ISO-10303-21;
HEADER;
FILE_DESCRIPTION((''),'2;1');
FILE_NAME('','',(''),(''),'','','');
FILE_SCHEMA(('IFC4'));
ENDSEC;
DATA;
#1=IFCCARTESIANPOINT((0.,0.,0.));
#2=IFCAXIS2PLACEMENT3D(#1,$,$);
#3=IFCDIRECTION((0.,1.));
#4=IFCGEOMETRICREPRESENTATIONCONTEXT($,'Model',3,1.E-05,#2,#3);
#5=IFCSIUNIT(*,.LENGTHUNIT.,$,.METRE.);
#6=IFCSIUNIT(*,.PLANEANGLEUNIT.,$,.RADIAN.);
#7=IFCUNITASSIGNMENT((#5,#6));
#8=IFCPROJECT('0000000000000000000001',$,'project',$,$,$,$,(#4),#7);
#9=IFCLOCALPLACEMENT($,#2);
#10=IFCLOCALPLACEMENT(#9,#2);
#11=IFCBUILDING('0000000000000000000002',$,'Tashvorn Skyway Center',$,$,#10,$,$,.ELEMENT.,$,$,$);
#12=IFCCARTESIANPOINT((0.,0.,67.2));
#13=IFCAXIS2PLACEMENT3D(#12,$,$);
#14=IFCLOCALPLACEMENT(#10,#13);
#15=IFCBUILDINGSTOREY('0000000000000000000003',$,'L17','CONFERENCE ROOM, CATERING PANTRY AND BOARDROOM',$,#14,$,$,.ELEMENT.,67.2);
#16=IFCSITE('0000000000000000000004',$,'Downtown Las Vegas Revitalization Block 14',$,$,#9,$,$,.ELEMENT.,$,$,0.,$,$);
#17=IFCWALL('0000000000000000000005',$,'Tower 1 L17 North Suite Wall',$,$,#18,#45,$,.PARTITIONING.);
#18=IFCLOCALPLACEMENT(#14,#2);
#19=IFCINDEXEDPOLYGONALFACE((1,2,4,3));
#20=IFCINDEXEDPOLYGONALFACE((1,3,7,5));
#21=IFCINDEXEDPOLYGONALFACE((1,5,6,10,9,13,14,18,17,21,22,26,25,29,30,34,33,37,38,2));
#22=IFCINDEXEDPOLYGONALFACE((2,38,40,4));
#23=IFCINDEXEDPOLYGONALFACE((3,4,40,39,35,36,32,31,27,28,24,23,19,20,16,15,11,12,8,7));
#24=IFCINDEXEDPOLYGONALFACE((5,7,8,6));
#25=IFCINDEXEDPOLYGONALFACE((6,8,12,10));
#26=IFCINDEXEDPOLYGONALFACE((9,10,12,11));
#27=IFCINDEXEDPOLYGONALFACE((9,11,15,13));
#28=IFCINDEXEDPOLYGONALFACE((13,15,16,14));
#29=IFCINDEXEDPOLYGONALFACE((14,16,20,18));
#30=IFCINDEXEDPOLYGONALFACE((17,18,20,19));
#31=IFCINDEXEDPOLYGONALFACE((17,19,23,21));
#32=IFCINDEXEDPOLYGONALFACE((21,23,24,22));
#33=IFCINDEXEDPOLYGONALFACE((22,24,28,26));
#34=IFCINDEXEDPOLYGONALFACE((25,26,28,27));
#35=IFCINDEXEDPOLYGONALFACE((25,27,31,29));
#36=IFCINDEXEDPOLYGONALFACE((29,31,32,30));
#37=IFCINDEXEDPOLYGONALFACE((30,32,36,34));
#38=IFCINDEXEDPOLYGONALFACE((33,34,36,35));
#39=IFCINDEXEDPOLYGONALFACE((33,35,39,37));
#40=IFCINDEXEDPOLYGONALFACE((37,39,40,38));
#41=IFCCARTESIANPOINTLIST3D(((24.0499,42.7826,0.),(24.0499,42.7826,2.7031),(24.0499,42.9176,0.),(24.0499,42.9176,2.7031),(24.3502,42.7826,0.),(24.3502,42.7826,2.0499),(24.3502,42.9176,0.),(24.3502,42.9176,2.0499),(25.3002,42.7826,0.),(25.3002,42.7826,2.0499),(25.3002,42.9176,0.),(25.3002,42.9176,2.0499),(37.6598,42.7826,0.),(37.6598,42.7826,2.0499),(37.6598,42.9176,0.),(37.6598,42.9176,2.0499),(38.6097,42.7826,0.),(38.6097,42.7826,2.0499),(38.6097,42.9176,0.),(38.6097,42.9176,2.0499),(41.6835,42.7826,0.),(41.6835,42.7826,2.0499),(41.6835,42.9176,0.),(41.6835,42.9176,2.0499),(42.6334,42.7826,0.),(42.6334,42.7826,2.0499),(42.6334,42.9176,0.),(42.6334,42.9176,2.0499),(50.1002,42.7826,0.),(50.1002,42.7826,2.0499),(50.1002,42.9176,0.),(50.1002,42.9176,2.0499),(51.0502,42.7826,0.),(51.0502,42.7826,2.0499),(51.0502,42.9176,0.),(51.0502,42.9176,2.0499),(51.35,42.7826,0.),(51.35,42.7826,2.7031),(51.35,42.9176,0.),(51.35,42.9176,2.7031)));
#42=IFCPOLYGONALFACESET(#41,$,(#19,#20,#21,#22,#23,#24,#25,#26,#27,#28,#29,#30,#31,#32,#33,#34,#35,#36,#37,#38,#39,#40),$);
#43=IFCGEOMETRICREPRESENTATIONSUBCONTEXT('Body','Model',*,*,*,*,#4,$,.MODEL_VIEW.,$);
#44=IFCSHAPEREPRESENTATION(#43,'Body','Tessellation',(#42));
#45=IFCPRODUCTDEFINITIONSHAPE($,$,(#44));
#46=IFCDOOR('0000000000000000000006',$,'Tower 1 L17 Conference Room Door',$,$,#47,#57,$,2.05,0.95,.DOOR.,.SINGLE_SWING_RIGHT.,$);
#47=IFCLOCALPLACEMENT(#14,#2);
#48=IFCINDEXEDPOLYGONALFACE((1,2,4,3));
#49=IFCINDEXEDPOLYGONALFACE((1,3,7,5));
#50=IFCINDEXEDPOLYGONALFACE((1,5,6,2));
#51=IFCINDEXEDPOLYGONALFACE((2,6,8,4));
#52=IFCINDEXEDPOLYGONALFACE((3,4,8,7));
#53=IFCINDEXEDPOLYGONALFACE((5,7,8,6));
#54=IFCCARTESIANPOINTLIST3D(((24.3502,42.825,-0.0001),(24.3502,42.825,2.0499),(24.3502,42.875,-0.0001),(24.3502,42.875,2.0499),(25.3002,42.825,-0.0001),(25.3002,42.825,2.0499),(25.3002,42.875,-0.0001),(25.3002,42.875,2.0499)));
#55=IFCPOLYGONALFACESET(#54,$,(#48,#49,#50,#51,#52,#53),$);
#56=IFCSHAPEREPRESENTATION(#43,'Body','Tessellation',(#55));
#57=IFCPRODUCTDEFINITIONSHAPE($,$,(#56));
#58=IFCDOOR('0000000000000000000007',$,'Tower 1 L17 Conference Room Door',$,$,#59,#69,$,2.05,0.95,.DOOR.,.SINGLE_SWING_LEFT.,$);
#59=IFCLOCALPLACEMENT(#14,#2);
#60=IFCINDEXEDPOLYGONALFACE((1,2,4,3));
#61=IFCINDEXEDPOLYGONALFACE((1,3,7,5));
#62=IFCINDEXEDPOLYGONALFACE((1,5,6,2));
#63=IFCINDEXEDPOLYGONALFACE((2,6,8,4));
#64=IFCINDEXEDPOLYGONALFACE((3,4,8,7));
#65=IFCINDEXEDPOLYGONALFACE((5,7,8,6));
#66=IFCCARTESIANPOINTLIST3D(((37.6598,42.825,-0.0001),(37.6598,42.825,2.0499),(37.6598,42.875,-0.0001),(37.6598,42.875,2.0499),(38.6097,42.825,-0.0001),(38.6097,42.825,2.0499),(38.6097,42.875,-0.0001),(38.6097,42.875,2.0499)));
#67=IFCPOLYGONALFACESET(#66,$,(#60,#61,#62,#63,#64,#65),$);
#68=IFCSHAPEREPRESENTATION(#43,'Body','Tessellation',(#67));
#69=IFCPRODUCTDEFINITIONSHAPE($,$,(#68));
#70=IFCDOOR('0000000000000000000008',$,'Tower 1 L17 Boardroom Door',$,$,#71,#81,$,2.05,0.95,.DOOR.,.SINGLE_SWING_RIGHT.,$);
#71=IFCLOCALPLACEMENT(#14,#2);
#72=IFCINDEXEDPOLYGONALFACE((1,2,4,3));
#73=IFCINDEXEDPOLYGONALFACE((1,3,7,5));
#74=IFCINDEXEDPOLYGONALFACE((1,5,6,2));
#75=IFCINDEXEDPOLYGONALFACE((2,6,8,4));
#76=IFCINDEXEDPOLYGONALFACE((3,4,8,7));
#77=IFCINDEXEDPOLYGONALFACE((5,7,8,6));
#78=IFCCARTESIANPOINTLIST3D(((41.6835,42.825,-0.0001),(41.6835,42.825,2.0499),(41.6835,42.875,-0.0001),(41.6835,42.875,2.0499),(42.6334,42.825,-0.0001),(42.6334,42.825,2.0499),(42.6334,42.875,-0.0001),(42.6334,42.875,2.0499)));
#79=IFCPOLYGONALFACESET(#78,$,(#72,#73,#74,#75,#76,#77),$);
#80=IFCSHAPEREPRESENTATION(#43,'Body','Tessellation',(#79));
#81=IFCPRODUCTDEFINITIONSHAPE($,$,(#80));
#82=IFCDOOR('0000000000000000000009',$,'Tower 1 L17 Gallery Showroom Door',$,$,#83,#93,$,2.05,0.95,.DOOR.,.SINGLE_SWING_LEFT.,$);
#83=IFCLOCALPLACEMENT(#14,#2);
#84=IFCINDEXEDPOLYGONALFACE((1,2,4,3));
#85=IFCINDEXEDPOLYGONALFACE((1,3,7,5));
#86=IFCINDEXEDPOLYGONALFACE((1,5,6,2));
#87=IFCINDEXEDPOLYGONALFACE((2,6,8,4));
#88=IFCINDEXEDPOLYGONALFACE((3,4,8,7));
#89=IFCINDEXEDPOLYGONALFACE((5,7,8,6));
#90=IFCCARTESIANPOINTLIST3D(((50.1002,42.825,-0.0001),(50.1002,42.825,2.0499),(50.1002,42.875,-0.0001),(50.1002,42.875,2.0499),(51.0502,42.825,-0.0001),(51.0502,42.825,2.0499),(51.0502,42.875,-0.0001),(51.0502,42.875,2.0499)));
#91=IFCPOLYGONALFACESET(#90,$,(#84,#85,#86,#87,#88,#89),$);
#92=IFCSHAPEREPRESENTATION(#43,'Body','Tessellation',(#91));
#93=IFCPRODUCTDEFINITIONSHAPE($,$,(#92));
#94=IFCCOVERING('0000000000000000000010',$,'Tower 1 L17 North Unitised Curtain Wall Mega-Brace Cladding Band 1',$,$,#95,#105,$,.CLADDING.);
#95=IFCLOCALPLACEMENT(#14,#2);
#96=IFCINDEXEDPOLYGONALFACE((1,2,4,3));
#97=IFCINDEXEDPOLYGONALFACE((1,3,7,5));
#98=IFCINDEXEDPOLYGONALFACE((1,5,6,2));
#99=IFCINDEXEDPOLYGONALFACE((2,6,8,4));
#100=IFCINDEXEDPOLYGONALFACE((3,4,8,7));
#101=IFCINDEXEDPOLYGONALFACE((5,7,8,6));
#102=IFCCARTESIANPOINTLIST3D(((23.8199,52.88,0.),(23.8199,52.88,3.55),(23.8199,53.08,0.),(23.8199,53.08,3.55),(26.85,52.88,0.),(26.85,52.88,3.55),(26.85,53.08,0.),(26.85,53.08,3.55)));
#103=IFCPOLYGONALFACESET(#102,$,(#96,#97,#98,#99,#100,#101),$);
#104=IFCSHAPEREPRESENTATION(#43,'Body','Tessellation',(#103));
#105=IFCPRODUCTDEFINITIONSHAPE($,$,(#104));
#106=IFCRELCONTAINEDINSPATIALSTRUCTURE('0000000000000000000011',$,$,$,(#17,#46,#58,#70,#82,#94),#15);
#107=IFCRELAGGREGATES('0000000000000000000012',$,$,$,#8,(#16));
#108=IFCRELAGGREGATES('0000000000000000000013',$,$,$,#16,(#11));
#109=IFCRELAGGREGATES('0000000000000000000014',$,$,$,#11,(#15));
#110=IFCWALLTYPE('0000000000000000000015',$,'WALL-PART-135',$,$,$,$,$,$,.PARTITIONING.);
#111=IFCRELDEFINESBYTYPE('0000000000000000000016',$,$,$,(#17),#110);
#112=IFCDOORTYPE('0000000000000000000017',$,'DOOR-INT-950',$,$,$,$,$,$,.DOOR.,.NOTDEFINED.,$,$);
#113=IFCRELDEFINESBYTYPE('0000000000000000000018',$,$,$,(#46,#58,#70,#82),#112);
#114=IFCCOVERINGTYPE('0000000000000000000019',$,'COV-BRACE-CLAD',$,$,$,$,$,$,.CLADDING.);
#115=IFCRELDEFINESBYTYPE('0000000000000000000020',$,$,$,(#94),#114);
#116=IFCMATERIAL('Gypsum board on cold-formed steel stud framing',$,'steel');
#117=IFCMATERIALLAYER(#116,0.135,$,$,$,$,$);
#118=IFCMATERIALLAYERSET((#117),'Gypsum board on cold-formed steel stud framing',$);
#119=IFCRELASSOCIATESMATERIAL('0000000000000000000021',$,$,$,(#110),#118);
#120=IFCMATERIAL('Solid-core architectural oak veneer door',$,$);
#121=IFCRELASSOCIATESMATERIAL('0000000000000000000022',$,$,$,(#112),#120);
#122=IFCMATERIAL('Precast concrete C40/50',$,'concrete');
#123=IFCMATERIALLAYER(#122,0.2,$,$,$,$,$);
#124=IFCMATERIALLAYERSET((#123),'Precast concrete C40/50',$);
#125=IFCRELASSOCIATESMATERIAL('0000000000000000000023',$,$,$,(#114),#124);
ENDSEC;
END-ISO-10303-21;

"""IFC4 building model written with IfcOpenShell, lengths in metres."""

from ifc_helpers import new_model, si_unit, direction, frame, frame_2d, origin, origin_2d, place, context, subcontext, project, spatial, rectangle, extrude, material, layer, layer_set, type_object, element, fill, save


model = new_model("IFC4")

# Units and contexts
model_context = context("Model", 3, precision=1e-05, world=origin(), true_north=direction((0.0, 1.0)))
body_context = subcontext(model_context, "Body", "Model", "MODEL_VIEW")
ifc_project = project(units=[si_unit("LENGTHUNIT", "METRE"), si_unit("PLANEANGLEUNIT", "RADIAN")], contexts=[model_context])

# Site, building, storey
site_placement = place(None, origin())
site = spatial("IfcSite", under=ifc_project, at=site_placement, Name="Downtown Las Vegas Revitalization Block 14", CompositionType="ELEMENT", RefElevation=0.0)
building_placement = place(site_placement, origin())
building = spatial("IfcBuilding", under=site, at=building_placement, Name="Tashvorn Skyway Center", CompositionType="ELEMENT")
storey_placement = place(building_placement, frame((0.0, 0.0, 67.2)))
storey = spatial("IfcBuildingStorey", under=building, at=storey_placement, Name="L17", Description="CONFERENCE ROOM, CATERING PANTRY AND BOARDROOM", CompositionType="ELEMENT", Elevation=67.2)

# Shared definitions
ifc_material_1 = material(Name="Gypsum board on cold-formed steel stud framing", Category="steel")

# Wall, openings, doors
ifc_layer_1 = layer(ifc_material_1, 0.135)
ifc_layer_set_1 = layer_set([ifc_layer_1], Name="Gypsum board on cold-formed steel stud framing")
wall_type_1 = type_object("IfcWallType", Name="WALL-PART-135", PredefinedType="PARTITIONING", material=ifc_layer_set_1)
wall_1_placement = place(storey_placement, frame((24.05, 42.8501, 0.0), z_axis=(0.0, 0.0, 1.0), x_axis=(1.0, 0.0, 0.0)))
wall_1 = element("IfcWall", 1, at=wall_1_placement, inside=storey, type_object=wall_type_1, Name="Tower 1 L17 North Suite Wall", PredefinedType="PARTITIONING", context=body_context, shape_type="SweptSolid", body=[
    extrude(rectangle(XDim=27.3, YDim=0.135, at=frame_2d((13.6499, 0.0))), origin(), (0.0, 0.0, 1.0), 2.7031),
])
opening_1_placement = place(wall_1_placement, frame((0.3, 0.0, 0.0)))
opening_1 = element("IfcOpeningElement", 2, at=opening_1_placement, cuts=wall_1, PredefinedType="OPENING", context=body_context, shape_type="SweptSolid", body=[
    extrude(rectangle(XDim=0.95, YDim=2.05, at=frame_2d((0.4751, 1.0249))), frame((0.0, 0.0774, 0.0), z_axis=(0.0, -1.0, 0.0), x_axis=(1.0, 0.0, 0.0)), (0.0, 0.0, 1.0), 0.155),
])
opening_2_placement = place(wall_1_placement, frame((13.6096, 0.0, 0.0)))
opening_2 = element("IfcOpeningElement", 3, at=opening_2_placement, cuts=wall_1, PredefinedType="OPENING", context=body_context, shape_type="SweptSolid", body=[
    extrude(rectangle(XDim=0.95, YDim=2.05, at=frame_2d((0.4751, 1.0249))), frame((0.0, 0.0774, 0.0), z_axis=(0.0, -1.0, 0.0), x_axis=(1.0, 0.0, 0.0)), (0.0, 0.0, 1.0), 0.155),
])
opening_3_placement = place(wall_1_placement, frame((17.6333, 0.0, 0.0)))
opening_3 = element("IfcOpeningElement", 4, at=opening_3_placement, cuts=wall_1, PredefinedType="OPENING", context=body_context, shape_type="SweptSolid", body=[
    extrude(rectangle(XDim=0.95, YDim=2.05, at=frame_2d((0.4751, 1.0249))), frame((0.0, 0.0774, 0.0), z_axis=(0.0, -1.0, 0.0), x_axis=(1.0, 0.0, 0.0)), (0.0, 0.0, 1.0), 0.155),
])
opening_4_placement = place(wall_1_placement, frame((26.05, 0.0, 0.0)))
opening_4 = element("IfcOpeningElement", 5, at=opening_4_placement, cuts=wall_1, PredefinedType="OPENING", context=body_context, shape_type="SweptSolid", body=[
    extrude(rectangle(XDim=0.95, YDim=2.05, at=frame_2d((0.4751, 1.0249))), frame((0.0, 0.0774, 0.0), z_axis=(0.0, -1.0, 0.0), x_axis=(1.0, 0.0, 0.0)), (0.0, 0.0, 1.0), 0.155),
])
ifc_material_2 = material(Name="Solid-core architectural oak veneer door")
door_type = type_object("IfcDoorType", Name="DOOR-INT-950", OperationType="NOTDEFINED", PredefinedType="DOOR", material=ifc_material_2)
door_1_placement = place(opening_1_placement, origin())
door_1 = element("IfcDoor", 6, at=door_1_placement, inside=storey, type_object=door_type, Name="Tower 1 L17 Conference Room Door", OperationType="SINGLE_SWING_RIGHT", OverallHeight=2.05, OverallWidth=0.95, PredefinedType="DOOR", context=body_context, shape_type="SweptSolid", body=[
    extrude(rectangle(XDim=0.95, YDim=2.05, at=frame_2d((0.4751, 1.0249))), frame((0.0, 0.0249, 0.0), z_axis=(0.0, -1.0, 0.0), x_axis=(1.0, 0.0, 0.0)), (0.0, 0.0, 1.0), 0.05),
])
fill(opening_1, door_1)
door_2_placement = place(opening_2_placement, origin())
door_2 = element("IfcDoor", 7, at=door_2_placement, inside=storey, type_object=door_type, Name="Tower 1 L17 Conference Room Door", OperationType="SINGLE_SWING_LEFT", OverallHeight=2.05, OverallWidth=0.95, PredefinedType="DOOR", context=body_context, shape_type="SweptSolid", body=[
    extrude(rectangle(XDim=0.95, YDim=2.05, at=frame_2d((0.4751, 1.0249))), frame((0.0, 0.0249, 0.0), z_axis=(0.0, -1.0, 0.0), x_axis=(1.0, 0.0, 0.0)), (0.0, 0.0, 1.0), 0.05),
])
fill(opening_2, door_2)
door_3_placement = place(opening_3_placement, origin())
door_3 = element("IfcDoor", 8, at=door_3_placement, inside=storey, type_object=door_type, Name="Tower 1 L17 Boardroom Door", OperationType="SINGLE_SWING_RIGHT", OverallHeight=2.05, OverallWidth=0.95, PredefinedType="DOOR", context=body_context, shape_type="SweptSolid", body=[
    extrude(rectangle(XDim=0.95, YDim=2.05, at=frame_2d((0.4751, 1.0249))), frame((0.0, 0.0249, 0.0), z_axis=(0.0, -1.0, 0.0), x_axis=(1.0, 0.0, 0.0)), (0.0, 0.0, 1.0), 0.05),
])
fill(opening_3, door_3)
door_4_placement = place(opening_4_placement, origin())
door_4 = element("IfcDoor", 9, at=door_4_placement, inside=storey, type_object=door_type, Name="Tower 1 L17 Gallery Showroom Door", OperationType="SINGLE_SWING_LEFT", OverallHeight=2.05, OverallWidth=0.95, PredefinedType="DOOR", context=body_context, shape_type="SweptSolid", body=[
    extrude(rectangle(XDim=0.95, YDim=2.05, at=frame_2d((0.4751, 1.0249))), frame((0.0, 0.0249, 0.0), z_axis=(0.0, -1.0, 0.0), x_axis=(1.0, 0.0, 0.0)), (0.0, 0.0, 1.0), 0.05),
])
fill(opening_4, door_4)

# Covering
ifc_material_3 = material(Name="Precast concrete C40/50", Category="concrete")
ifc_layer_2 = layer(ifc_material_3, 0.2)
ifc_layer_set_2 = layer_set([ifc_layer_2], Name="Precast concrete C40/50")
covering_type = type_object("IfcCoveringType", Name="COV-BRACE-CLAD", PredefinedType="CLADDING", material=ifc_layer_set_2)
covering_placement = place(storey_placement, frame((25.335, 52.98, 0.0), z_axis=(0.0, 0.0, 1.0), x_axis=(1.0, 0.0, 0.0)))
element("IfcCovering", 10, at=covering_placement, inside=storey, type_object=covering_type, Name="Tower 1 L17 North Unitised Curtain Wall Mega-Brace Cladding Band 1", PredefinedType="CLADDING", context=body_context, shape_type="SweptSolid", body=[
    extrude(rectangle(XDim=3.03, YDim=0.2, at=origin_2d()), origin(), (0.0, 0.0, 1.0), 3.55),
])

save(model, "model.ifc")
